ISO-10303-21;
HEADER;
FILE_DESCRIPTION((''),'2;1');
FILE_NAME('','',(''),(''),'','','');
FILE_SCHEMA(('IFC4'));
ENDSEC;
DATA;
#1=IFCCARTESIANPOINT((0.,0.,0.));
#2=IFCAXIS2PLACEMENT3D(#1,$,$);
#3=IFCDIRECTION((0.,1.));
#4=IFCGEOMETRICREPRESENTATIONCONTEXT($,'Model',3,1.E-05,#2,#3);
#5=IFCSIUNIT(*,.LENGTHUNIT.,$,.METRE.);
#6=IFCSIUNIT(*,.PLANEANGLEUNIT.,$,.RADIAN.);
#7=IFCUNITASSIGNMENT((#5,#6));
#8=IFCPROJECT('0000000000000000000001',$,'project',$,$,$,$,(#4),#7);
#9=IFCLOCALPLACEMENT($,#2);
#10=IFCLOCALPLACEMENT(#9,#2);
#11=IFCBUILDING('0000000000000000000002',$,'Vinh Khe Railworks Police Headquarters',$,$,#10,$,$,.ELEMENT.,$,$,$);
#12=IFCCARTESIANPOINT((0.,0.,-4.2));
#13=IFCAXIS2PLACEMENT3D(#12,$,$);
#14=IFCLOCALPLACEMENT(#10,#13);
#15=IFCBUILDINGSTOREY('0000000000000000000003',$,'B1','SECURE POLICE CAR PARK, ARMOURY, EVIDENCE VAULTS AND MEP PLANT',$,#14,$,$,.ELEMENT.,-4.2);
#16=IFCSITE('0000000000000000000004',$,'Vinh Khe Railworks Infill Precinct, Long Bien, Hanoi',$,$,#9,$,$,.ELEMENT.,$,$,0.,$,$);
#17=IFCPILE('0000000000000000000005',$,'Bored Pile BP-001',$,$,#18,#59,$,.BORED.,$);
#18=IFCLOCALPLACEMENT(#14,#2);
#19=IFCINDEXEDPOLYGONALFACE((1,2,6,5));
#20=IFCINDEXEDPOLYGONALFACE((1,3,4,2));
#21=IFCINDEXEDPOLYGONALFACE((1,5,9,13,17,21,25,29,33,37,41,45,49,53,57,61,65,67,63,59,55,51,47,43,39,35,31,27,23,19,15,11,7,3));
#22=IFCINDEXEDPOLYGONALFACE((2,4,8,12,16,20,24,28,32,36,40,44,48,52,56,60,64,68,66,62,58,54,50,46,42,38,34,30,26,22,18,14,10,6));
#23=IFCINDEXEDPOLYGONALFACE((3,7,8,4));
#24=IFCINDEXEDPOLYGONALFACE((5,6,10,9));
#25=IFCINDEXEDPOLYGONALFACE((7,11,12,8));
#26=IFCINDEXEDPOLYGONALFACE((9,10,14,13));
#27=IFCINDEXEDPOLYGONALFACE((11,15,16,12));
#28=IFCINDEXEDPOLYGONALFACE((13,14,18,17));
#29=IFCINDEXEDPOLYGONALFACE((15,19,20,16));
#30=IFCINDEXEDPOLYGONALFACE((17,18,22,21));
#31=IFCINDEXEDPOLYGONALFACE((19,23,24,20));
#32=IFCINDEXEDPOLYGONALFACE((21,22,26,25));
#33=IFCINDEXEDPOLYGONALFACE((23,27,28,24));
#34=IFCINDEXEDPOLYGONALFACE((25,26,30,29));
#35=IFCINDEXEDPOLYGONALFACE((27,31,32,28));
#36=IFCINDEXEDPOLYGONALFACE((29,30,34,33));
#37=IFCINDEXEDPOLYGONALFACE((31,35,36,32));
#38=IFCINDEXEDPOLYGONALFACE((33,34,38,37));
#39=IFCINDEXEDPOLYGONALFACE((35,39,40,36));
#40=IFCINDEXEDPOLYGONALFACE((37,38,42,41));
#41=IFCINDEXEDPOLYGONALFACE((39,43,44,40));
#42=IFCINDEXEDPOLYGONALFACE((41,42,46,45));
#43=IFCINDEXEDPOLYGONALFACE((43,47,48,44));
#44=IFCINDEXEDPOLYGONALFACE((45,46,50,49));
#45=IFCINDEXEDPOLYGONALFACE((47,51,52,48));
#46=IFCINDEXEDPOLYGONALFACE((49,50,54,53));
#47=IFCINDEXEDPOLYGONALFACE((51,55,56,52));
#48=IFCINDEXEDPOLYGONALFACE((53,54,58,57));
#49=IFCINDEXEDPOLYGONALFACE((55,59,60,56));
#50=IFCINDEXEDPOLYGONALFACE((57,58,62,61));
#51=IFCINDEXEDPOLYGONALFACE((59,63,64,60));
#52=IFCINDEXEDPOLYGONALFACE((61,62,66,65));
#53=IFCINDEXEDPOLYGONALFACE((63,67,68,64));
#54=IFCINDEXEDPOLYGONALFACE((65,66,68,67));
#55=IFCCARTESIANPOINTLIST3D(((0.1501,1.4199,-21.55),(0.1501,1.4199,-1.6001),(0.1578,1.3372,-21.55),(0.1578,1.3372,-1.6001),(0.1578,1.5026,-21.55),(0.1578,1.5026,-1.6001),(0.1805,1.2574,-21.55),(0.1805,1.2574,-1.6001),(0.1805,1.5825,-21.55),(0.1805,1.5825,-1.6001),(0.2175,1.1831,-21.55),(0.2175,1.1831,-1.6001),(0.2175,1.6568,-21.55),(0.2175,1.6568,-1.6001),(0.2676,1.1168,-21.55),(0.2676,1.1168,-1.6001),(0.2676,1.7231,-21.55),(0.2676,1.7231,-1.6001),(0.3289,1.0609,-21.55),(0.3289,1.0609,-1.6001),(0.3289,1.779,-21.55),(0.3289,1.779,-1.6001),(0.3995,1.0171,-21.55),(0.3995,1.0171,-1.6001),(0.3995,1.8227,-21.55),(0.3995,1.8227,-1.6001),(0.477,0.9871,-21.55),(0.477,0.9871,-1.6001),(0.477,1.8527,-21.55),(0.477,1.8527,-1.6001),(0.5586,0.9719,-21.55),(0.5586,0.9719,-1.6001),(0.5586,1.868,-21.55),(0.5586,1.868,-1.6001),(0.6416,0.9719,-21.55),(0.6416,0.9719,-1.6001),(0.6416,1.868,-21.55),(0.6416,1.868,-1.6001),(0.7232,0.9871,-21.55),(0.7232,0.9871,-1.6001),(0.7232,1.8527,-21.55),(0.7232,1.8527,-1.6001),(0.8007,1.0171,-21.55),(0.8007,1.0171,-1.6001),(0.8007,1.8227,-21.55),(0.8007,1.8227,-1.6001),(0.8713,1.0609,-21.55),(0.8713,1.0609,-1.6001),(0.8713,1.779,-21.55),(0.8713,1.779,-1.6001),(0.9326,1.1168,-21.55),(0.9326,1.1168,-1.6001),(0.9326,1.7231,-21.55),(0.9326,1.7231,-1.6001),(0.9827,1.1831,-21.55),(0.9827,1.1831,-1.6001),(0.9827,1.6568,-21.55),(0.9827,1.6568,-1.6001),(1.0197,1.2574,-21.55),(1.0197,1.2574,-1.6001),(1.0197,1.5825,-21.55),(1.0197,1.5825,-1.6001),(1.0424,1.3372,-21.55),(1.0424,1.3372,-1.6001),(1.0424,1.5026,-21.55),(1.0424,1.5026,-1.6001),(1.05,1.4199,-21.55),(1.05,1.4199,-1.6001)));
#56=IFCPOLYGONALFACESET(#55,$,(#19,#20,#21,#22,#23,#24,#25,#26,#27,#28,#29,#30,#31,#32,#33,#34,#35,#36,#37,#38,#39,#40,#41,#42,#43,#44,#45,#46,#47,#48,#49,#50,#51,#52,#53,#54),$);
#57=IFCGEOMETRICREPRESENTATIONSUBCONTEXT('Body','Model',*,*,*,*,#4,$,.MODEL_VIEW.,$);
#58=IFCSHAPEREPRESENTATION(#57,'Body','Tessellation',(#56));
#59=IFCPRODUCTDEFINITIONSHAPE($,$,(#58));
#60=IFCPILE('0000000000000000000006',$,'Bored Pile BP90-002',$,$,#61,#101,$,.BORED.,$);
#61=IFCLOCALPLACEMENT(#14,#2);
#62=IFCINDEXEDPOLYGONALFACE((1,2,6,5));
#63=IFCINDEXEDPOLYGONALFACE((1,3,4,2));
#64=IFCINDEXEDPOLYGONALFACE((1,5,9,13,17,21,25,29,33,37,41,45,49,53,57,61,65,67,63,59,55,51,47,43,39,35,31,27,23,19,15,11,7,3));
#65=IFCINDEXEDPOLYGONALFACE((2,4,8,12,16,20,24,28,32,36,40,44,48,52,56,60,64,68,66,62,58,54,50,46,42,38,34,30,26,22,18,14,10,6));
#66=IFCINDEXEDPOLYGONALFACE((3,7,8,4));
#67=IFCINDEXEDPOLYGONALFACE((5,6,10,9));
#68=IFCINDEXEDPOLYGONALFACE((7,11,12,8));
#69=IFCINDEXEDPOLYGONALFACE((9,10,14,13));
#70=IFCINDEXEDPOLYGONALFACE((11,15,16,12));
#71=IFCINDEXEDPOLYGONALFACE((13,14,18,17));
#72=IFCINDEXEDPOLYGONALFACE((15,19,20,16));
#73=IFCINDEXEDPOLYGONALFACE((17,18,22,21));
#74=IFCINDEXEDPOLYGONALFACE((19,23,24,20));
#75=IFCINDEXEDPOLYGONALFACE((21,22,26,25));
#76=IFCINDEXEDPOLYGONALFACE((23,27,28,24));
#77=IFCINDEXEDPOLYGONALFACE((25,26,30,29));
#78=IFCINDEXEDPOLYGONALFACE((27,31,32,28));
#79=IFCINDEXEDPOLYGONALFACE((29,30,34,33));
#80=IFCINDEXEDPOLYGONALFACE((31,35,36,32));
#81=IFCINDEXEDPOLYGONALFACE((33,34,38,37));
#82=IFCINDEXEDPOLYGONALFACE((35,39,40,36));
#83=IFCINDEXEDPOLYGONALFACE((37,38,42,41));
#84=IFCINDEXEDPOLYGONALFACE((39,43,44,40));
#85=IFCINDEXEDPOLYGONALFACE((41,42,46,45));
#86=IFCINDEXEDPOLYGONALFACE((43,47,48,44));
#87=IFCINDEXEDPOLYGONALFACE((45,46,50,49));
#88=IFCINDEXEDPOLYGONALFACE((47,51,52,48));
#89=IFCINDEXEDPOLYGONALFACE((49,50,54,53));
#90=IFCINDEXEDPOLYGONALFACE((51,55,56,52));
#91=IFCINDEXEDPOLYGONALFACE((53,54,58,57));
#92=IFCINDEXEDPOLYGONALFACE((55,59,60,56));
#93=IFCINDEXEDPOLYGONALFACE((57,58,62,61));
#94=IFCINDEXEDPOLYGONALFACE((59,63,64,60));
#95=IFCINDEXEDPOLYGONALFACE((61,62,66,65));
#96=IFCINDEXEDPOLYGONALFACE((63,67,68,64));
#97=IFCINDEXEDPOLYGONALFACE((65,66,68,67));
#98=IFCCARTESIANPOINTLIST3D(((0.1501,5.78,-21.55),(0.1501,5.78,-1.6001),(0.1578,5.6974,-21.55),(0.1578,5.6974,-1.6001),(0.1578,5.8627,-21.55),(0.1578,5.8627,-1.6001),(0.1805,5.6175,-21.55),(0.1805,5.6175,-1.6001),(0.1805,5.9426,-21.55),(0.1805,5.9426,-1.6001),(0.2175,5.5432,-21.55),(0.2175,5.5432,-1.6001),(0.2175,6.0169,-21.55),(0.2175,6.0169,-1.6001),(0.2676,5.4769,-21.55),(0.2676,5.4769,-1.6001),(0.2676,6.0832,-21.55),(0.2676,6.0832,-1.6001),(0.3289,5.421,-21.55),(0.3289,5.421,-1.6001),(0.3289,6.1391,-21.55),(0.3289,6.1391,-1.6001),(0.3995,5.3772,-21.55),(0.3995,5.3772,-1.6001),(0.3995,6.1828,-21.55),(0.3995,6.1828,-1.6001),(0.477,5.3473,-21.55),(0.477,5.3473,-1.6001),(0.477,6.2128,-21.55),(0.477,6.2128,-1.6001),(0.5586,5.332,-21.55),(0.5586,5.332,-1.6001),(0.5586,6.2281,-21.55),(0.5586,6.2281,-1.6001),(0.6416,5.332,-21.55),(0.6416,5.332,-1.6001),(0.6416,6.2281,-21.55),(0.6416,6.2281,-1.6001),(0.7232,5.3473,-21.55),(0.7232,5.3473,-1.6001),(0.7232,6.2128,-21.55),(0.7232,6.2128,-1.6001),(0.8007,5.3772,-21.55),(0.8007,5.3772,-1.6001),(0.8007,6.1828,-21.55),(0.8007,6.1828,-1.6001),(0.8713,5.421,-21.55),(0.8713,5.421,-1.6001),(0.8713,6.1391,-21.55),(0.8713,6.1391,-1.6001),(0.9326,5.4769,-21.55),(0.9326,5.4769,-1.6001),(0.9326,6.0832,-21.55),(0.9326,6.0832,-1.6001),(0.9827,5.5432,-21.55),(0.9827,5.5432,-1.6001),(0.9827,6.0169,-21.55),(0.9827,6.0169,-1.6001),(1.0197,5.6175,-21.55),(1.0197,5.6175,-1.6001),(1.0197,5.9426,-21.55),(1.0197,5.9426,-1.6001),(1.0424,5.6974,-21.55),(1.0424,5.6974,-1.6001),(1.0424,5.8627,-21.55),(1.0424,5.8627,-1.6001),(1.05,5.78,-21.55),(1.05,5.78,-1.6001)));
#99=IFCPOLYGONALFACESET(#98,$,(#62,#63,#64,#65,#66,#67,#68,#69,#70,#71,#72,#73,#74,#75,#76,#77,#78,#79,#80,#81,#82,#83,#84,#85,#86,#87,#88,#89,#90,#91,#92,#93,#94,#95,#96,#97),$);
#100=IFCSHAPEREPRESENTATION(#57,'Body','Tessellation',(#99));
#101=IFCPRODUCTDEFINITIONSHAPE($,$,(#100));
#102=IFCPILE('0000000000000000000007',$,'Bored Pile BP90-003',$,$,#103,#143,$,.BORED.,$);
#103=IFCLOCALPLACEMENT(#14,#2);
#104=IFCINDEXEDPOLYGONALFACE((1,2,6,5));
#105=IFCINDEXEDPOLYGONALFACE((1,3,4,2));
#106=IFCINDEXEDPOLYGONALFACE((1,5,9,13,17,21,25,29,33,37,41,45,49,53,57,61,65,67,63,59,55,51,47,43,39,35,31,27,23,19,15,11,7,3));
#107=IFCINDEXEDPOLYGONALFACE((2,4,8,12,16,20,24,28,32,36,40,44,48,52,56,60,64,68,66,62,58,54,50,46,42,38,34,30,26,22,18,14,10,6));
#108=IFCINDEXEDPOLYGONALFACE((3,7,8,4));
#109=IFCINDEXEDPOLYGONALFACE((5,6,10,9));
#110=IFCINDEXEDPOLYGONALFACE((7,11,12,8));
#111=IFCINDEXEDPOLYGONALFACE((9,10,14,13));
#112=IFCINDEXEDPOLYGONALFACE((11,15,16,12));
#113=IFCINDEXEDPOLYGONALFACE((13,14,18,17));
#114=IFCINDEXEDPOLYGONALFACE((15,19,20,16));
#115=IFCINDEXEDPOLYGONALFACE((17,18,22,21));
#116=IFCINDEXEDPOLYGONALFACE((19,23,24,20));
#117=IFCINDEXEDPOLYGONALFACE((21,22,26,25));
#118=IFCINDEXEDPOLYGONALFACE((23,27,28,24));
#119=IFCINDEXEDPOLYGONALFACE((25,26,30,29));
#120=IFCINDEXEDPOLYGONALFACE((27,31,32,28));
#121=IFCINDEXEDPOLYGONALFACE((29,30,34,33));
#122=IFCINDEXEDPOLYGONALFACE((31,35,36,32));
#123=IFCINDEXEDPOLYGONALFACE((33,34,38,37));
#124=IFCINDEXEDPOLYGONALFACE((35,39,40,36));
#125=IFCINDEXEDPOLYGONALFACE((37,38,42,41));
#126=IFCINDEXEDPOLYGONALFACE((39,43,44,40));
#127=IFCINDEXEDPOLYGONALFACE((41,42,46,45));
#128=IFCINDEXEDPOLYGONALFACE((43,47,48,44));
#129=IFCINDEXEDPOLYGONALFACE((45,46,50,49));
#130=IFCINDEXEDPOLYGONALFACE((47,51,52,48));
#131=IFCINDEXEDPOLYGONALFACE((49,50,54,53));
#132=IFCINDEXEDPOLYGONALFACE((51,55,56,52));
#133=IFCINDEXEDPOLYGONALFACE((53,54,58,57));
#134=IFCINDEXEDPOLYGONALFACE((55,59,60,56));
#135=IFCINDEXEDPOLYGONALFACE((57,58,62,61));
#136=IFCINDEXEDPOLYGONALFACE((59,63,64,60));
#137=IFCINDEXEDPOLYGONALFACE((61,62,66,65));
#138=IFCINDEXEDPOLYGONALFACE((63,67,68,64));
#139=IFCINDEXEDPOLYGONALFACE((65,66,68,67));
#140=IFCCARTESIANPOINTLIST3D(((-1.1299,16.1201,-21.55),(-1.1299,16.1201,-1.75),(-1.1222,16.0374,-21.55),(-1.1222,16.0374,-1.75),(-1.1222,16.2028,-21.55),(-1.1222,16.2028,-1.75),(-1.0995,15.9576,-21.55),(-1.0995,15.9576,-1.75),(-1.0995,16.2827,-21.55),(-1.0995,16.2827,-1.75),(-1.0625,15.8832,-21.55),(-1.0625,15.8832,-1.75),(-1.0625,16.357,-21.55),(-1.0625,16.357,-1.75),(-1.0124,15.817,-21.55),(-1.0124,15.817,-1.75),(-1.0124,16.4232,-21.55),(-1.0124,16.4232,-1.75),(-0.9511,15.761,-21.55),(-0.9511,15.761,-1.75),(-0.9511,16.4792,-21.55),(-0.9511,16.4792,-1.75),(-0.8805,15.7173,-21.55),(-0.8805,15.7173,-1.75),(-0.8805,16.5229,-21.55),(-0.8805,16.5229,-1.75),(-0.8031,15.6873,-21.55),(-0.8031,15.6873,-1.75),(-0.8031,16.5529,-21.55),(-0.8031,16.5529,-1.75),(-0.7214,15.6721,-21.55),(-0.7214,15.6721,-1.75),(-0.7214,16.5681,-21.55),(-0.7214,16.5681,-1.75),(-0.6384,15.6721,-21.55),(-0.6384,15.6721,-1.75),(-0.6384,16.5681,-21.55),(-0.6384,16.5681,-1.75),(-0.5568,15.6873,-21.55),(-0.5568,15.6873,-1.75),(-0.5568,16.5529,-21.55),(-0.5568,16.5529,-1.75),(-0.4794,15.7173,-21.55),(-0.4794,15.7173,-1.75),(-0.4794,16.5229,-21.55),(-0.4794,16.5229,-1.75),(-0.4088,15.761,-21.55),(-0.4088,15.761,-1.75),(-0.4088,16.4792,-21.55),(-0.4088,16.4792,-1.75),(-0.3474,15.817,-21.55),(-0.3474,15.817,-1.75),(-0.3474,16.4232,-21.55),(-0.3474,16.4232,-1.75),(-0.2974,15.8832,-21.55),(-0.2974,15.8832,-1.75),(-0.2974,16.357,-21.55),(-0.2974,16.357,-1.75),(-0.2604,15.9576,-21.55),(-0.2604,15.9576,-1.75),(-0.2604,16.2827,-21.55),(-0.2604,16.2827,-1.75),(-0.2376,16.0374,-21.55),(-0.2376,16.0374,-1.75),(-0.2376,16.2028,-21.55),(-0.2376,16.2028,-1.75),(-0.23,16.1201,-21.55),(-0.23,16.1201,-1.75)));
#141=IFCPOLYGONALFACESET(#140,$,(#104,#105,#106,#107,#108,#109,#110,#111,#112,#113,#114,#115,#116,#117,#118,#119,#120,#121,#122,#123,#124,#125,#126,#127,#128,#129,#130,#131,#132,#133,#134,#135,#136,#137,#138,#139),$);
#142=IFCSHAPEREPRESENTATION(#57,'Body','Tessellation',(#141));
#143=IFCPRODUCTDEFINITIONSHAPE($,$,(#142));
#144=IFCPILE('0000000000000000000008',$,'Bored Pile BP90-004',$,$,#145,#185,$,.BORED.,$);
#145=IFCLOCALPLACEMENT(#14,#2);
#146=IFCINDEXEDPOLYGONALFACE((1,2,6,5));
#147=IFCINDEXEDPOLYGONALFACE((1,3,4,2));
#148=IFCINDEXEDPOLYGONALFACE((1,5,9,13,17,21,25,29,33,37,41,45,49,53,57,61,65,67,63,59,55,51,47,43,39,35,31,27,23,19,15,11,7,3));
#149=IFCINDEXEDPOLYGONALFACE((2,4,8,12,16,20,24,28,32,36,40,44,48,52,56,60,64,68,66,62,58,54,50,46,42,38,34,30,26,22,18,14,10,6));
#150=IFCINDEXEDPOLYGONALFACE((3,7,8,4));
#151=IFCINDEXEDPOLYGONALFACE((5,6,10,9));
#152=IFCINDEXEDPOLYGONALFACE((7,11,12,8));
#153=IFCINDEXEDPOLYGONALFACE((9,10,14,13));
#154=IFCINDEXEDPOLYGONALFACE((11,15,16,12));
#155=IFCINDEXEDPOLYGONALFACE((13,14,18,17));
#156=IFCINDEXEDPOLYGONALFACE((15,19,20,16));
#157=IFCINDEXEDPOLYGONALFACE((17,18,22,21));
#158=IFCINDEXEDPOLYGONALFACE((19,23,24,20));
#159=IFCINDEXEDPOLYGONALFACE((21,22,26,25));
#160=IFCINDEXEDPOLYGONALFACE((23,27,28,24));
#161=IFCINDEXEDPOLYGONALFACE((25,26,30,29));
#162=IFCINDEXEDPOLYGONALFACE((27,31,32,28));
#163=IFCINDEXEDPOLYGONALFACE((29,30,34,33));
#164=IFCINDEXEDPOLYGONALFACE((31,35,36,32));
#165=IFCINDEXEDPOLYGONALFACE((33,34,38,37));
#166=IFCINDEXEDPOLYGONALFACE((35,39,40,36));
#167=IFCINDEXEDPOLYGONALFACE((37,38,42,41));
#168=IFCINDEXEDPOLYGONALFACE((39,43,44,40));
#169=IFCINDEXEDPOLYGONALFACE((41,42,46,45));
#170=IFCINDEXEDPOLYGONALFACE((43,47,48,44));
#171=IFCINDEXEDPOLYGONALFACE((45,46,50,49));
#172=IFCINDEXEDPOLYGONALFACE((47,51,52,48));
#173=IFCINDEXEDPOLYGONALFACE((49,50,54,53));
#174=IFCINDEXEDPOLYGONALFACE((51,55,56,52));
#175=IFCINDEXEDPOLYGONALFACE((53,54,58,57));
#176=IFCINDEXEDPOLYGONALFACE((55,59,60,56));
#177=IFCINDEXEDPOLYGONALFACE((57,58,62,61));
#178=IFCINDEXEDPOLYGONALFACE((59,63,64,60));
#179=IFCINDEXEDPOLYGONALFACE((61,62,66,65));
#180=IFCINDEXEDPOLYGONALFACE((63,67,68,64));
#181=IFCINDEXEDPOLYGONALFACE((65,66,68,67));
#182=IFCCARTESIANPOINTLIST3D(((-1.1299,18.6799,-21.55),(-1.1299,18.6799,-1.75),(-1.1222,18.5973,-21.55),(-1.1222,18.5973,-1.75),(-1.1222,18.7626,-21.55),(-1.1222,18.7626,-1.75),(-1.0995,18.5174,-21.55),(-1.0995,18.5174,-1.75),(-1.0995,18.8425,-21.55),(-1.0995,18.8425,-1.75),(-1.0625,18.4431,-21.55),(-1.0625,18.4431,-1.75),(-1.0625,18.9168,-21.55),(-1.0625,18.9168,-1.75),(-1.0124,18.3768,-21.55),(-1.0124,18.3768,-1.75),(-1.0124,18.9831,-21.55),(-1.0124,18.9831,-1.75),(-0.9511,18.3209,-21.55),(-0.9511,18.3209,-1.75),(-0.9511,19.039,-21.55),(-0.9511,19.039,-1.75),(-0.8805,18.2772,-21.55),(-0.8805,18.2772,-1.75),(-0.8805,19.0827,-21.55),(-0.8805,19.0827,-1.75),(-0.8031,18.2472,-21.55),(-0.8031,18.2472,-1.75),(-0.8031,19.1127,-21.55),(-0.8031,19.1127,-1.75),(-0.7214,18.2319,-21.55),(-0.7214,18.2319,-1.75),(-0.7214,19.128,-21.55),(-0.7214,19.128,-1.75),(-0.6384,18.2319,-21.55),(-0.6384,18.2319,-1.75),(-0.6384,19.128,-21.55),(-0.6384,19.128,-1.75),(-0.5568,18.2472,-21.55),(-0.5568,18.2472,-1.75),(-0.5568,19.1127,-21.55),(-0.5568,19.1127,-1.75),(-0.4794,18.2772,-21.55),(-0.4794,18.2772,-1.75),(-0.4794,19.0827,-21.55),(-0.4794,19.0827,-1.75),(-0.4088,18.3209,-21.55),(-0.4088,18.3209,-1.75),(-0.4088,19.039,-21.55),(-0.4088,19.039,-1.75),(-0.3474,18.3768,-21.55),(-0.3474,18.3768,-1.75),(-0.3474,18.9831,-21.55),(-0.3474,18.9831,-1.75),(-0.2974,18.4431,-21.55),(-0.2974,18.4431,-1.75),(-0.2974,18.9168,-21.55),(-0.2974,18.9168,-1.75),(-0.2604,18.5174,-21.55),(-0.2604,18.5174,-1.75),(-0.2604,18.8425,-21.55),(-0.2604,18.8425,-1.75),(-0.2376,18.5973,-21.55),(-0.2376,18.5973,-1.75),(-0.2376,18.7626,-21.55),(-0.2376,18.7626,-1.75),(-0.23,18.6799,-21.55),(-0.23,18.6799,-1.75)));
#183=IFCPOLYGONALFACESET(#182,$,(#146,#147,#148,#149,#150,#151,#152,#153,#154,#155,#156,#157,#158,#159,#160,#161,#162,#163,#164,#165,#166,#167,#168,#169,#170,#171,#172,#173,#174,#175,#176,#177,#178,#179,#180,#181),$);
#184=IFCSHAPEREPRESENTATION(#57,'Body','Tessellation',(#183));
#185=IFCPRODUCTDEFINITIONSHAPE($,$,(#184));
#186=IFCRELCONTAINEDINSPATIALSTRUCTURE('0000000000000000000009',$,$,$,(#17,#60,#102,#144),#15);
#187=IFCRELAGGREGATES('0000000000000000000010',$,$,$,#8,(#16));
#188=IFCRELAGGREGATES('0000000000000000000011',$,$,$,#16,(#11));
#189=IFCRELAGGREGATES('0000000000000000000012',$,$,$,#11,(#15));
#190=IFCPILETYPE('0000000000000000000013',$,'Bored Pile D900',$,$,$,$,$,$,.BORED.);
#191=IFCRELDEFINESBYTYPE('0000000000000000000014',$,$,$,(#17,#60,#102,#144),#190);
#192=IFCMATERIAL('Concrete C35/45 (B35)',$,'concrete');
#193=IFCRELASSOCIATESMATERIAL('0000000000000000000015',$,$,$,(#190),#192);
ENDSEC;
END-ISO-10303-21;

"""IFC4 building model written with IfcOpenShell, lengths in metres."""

from ifc_helpers import new_model, si_unit, direction, frame, origin, origin_2d, place, context, subcontext, project, spatial, circle, extrude, material, material_profile, profile_set, type_object, element, save


model = new_model("IFC4")

# Units and contexts
model_context = context("Model", 3, precision=1e-05, world=origin(), true_north=direction((0.0, 1.0)))
body_context = subcontext(model_context, "Body", "Model", "MODEL_VIEW")
ifc_project = project(units=[si_unit("LENGTHUNIT", "METRE"), si_unit("PLANEANGLEUNIT", "RADIAN")], contexts=[model_context])

# Site, building, storey
site_placement = place(None, origin())
site = spatial("IfcSite", under=ifc_project, at=site_placement, Name="Vinh Khe Railworks Infill Precinct, Long Bien, Hanoi", CompositionType="ELEMENT", RefElevation=0.0)
building_placement = place(site_placement, origin())
building = spatial("IfcBuilding", under=site, at=building_placement, Name="Vinh Khe Railworks Police Headquarters", CompositionType="ELEMENT")
storey_placement = place(building_placement, frame((0.0, 0.0, -4.2)))
storey = spatial("IfcBuildingStorey", under=building, at=storey_placement, Name="B1", Description="SECURE POLICE CAR PARK, ARMOURY, EVIDENCE VAULTS AND MEP PLANT", CompositionType="ELEMENT", Elevation=-4.2)

# Piles
ifc_material_1 = material(Name="Concrete C35/45 (B35)", Category="concrete")
ifc_material_profile_1 = material_profile(ifc_material_1, circle(Radius=0.45, at=origin_2d()), Name="BORED PILE D900")
ifc_profile_set_1 = profile_set([ifc_material_profile_1], Name="Concrete C35/45 (B35)")
pile_type = type_object("IfcPileType", Name="Bored Pile D900", PredefinedType="BORED", material=ifc_profile_set_1)
for number, where, z_axis, x_axis, name in (
    (1, (0.6001, 1.4199, -1.6001), (0.0, 0.0, -1.0), (1.0, 0.0, 0.0), "Bored Pile BP-001"),
    (2, (0.6001, 5.78, -1.6001), (0.0, 0.0, -1.0), (1.0, 0.0, 0.0), "Bored Pile BP90-002"),
):
    element("IfcPile", number, at=place(storey_placement, frame(where, z_axis=z_axis, x_axis=x_axis)), inside=storey, type_object=pile_type, Name=name, PredefinedType="BORED", context=body_context, shape_type="SweptSolid", body=[
        extrude(circle(Radius=0.45, at=origin_2d()), origin(), (0.0, 0.0, 1.0), 19.95),
    ])
for number, where, z_axis, x_axis, name in (
    (3, (-0.6799, 16.1201, -1.75), (0.0, 0.0, -1.0), (1.0, 0.0, 0.0), "Bored Pile BP90-003"),
    (4, (-0.6799, 18.6799, -1.75), (0.0, 0.0, -1.0), (1.0, 0.0, 0.0), "Bored Pile BP90-004"),
):
    element("IfcPile", number, at=place(storey_placement, frame(where, z_axis=z_axis, x_axis=x_axis)), inside=storey, type_object=pile_type, Name=name, PredefinedType="BORED", context=body_context, shape_type="SweptSolid", body=[
        extrude(circle(Radius=0.45, at=origin_2d()), origin(), (0.0, 0.0, 1.0), 19.8),
    ])

save(model, "model.ifc")
